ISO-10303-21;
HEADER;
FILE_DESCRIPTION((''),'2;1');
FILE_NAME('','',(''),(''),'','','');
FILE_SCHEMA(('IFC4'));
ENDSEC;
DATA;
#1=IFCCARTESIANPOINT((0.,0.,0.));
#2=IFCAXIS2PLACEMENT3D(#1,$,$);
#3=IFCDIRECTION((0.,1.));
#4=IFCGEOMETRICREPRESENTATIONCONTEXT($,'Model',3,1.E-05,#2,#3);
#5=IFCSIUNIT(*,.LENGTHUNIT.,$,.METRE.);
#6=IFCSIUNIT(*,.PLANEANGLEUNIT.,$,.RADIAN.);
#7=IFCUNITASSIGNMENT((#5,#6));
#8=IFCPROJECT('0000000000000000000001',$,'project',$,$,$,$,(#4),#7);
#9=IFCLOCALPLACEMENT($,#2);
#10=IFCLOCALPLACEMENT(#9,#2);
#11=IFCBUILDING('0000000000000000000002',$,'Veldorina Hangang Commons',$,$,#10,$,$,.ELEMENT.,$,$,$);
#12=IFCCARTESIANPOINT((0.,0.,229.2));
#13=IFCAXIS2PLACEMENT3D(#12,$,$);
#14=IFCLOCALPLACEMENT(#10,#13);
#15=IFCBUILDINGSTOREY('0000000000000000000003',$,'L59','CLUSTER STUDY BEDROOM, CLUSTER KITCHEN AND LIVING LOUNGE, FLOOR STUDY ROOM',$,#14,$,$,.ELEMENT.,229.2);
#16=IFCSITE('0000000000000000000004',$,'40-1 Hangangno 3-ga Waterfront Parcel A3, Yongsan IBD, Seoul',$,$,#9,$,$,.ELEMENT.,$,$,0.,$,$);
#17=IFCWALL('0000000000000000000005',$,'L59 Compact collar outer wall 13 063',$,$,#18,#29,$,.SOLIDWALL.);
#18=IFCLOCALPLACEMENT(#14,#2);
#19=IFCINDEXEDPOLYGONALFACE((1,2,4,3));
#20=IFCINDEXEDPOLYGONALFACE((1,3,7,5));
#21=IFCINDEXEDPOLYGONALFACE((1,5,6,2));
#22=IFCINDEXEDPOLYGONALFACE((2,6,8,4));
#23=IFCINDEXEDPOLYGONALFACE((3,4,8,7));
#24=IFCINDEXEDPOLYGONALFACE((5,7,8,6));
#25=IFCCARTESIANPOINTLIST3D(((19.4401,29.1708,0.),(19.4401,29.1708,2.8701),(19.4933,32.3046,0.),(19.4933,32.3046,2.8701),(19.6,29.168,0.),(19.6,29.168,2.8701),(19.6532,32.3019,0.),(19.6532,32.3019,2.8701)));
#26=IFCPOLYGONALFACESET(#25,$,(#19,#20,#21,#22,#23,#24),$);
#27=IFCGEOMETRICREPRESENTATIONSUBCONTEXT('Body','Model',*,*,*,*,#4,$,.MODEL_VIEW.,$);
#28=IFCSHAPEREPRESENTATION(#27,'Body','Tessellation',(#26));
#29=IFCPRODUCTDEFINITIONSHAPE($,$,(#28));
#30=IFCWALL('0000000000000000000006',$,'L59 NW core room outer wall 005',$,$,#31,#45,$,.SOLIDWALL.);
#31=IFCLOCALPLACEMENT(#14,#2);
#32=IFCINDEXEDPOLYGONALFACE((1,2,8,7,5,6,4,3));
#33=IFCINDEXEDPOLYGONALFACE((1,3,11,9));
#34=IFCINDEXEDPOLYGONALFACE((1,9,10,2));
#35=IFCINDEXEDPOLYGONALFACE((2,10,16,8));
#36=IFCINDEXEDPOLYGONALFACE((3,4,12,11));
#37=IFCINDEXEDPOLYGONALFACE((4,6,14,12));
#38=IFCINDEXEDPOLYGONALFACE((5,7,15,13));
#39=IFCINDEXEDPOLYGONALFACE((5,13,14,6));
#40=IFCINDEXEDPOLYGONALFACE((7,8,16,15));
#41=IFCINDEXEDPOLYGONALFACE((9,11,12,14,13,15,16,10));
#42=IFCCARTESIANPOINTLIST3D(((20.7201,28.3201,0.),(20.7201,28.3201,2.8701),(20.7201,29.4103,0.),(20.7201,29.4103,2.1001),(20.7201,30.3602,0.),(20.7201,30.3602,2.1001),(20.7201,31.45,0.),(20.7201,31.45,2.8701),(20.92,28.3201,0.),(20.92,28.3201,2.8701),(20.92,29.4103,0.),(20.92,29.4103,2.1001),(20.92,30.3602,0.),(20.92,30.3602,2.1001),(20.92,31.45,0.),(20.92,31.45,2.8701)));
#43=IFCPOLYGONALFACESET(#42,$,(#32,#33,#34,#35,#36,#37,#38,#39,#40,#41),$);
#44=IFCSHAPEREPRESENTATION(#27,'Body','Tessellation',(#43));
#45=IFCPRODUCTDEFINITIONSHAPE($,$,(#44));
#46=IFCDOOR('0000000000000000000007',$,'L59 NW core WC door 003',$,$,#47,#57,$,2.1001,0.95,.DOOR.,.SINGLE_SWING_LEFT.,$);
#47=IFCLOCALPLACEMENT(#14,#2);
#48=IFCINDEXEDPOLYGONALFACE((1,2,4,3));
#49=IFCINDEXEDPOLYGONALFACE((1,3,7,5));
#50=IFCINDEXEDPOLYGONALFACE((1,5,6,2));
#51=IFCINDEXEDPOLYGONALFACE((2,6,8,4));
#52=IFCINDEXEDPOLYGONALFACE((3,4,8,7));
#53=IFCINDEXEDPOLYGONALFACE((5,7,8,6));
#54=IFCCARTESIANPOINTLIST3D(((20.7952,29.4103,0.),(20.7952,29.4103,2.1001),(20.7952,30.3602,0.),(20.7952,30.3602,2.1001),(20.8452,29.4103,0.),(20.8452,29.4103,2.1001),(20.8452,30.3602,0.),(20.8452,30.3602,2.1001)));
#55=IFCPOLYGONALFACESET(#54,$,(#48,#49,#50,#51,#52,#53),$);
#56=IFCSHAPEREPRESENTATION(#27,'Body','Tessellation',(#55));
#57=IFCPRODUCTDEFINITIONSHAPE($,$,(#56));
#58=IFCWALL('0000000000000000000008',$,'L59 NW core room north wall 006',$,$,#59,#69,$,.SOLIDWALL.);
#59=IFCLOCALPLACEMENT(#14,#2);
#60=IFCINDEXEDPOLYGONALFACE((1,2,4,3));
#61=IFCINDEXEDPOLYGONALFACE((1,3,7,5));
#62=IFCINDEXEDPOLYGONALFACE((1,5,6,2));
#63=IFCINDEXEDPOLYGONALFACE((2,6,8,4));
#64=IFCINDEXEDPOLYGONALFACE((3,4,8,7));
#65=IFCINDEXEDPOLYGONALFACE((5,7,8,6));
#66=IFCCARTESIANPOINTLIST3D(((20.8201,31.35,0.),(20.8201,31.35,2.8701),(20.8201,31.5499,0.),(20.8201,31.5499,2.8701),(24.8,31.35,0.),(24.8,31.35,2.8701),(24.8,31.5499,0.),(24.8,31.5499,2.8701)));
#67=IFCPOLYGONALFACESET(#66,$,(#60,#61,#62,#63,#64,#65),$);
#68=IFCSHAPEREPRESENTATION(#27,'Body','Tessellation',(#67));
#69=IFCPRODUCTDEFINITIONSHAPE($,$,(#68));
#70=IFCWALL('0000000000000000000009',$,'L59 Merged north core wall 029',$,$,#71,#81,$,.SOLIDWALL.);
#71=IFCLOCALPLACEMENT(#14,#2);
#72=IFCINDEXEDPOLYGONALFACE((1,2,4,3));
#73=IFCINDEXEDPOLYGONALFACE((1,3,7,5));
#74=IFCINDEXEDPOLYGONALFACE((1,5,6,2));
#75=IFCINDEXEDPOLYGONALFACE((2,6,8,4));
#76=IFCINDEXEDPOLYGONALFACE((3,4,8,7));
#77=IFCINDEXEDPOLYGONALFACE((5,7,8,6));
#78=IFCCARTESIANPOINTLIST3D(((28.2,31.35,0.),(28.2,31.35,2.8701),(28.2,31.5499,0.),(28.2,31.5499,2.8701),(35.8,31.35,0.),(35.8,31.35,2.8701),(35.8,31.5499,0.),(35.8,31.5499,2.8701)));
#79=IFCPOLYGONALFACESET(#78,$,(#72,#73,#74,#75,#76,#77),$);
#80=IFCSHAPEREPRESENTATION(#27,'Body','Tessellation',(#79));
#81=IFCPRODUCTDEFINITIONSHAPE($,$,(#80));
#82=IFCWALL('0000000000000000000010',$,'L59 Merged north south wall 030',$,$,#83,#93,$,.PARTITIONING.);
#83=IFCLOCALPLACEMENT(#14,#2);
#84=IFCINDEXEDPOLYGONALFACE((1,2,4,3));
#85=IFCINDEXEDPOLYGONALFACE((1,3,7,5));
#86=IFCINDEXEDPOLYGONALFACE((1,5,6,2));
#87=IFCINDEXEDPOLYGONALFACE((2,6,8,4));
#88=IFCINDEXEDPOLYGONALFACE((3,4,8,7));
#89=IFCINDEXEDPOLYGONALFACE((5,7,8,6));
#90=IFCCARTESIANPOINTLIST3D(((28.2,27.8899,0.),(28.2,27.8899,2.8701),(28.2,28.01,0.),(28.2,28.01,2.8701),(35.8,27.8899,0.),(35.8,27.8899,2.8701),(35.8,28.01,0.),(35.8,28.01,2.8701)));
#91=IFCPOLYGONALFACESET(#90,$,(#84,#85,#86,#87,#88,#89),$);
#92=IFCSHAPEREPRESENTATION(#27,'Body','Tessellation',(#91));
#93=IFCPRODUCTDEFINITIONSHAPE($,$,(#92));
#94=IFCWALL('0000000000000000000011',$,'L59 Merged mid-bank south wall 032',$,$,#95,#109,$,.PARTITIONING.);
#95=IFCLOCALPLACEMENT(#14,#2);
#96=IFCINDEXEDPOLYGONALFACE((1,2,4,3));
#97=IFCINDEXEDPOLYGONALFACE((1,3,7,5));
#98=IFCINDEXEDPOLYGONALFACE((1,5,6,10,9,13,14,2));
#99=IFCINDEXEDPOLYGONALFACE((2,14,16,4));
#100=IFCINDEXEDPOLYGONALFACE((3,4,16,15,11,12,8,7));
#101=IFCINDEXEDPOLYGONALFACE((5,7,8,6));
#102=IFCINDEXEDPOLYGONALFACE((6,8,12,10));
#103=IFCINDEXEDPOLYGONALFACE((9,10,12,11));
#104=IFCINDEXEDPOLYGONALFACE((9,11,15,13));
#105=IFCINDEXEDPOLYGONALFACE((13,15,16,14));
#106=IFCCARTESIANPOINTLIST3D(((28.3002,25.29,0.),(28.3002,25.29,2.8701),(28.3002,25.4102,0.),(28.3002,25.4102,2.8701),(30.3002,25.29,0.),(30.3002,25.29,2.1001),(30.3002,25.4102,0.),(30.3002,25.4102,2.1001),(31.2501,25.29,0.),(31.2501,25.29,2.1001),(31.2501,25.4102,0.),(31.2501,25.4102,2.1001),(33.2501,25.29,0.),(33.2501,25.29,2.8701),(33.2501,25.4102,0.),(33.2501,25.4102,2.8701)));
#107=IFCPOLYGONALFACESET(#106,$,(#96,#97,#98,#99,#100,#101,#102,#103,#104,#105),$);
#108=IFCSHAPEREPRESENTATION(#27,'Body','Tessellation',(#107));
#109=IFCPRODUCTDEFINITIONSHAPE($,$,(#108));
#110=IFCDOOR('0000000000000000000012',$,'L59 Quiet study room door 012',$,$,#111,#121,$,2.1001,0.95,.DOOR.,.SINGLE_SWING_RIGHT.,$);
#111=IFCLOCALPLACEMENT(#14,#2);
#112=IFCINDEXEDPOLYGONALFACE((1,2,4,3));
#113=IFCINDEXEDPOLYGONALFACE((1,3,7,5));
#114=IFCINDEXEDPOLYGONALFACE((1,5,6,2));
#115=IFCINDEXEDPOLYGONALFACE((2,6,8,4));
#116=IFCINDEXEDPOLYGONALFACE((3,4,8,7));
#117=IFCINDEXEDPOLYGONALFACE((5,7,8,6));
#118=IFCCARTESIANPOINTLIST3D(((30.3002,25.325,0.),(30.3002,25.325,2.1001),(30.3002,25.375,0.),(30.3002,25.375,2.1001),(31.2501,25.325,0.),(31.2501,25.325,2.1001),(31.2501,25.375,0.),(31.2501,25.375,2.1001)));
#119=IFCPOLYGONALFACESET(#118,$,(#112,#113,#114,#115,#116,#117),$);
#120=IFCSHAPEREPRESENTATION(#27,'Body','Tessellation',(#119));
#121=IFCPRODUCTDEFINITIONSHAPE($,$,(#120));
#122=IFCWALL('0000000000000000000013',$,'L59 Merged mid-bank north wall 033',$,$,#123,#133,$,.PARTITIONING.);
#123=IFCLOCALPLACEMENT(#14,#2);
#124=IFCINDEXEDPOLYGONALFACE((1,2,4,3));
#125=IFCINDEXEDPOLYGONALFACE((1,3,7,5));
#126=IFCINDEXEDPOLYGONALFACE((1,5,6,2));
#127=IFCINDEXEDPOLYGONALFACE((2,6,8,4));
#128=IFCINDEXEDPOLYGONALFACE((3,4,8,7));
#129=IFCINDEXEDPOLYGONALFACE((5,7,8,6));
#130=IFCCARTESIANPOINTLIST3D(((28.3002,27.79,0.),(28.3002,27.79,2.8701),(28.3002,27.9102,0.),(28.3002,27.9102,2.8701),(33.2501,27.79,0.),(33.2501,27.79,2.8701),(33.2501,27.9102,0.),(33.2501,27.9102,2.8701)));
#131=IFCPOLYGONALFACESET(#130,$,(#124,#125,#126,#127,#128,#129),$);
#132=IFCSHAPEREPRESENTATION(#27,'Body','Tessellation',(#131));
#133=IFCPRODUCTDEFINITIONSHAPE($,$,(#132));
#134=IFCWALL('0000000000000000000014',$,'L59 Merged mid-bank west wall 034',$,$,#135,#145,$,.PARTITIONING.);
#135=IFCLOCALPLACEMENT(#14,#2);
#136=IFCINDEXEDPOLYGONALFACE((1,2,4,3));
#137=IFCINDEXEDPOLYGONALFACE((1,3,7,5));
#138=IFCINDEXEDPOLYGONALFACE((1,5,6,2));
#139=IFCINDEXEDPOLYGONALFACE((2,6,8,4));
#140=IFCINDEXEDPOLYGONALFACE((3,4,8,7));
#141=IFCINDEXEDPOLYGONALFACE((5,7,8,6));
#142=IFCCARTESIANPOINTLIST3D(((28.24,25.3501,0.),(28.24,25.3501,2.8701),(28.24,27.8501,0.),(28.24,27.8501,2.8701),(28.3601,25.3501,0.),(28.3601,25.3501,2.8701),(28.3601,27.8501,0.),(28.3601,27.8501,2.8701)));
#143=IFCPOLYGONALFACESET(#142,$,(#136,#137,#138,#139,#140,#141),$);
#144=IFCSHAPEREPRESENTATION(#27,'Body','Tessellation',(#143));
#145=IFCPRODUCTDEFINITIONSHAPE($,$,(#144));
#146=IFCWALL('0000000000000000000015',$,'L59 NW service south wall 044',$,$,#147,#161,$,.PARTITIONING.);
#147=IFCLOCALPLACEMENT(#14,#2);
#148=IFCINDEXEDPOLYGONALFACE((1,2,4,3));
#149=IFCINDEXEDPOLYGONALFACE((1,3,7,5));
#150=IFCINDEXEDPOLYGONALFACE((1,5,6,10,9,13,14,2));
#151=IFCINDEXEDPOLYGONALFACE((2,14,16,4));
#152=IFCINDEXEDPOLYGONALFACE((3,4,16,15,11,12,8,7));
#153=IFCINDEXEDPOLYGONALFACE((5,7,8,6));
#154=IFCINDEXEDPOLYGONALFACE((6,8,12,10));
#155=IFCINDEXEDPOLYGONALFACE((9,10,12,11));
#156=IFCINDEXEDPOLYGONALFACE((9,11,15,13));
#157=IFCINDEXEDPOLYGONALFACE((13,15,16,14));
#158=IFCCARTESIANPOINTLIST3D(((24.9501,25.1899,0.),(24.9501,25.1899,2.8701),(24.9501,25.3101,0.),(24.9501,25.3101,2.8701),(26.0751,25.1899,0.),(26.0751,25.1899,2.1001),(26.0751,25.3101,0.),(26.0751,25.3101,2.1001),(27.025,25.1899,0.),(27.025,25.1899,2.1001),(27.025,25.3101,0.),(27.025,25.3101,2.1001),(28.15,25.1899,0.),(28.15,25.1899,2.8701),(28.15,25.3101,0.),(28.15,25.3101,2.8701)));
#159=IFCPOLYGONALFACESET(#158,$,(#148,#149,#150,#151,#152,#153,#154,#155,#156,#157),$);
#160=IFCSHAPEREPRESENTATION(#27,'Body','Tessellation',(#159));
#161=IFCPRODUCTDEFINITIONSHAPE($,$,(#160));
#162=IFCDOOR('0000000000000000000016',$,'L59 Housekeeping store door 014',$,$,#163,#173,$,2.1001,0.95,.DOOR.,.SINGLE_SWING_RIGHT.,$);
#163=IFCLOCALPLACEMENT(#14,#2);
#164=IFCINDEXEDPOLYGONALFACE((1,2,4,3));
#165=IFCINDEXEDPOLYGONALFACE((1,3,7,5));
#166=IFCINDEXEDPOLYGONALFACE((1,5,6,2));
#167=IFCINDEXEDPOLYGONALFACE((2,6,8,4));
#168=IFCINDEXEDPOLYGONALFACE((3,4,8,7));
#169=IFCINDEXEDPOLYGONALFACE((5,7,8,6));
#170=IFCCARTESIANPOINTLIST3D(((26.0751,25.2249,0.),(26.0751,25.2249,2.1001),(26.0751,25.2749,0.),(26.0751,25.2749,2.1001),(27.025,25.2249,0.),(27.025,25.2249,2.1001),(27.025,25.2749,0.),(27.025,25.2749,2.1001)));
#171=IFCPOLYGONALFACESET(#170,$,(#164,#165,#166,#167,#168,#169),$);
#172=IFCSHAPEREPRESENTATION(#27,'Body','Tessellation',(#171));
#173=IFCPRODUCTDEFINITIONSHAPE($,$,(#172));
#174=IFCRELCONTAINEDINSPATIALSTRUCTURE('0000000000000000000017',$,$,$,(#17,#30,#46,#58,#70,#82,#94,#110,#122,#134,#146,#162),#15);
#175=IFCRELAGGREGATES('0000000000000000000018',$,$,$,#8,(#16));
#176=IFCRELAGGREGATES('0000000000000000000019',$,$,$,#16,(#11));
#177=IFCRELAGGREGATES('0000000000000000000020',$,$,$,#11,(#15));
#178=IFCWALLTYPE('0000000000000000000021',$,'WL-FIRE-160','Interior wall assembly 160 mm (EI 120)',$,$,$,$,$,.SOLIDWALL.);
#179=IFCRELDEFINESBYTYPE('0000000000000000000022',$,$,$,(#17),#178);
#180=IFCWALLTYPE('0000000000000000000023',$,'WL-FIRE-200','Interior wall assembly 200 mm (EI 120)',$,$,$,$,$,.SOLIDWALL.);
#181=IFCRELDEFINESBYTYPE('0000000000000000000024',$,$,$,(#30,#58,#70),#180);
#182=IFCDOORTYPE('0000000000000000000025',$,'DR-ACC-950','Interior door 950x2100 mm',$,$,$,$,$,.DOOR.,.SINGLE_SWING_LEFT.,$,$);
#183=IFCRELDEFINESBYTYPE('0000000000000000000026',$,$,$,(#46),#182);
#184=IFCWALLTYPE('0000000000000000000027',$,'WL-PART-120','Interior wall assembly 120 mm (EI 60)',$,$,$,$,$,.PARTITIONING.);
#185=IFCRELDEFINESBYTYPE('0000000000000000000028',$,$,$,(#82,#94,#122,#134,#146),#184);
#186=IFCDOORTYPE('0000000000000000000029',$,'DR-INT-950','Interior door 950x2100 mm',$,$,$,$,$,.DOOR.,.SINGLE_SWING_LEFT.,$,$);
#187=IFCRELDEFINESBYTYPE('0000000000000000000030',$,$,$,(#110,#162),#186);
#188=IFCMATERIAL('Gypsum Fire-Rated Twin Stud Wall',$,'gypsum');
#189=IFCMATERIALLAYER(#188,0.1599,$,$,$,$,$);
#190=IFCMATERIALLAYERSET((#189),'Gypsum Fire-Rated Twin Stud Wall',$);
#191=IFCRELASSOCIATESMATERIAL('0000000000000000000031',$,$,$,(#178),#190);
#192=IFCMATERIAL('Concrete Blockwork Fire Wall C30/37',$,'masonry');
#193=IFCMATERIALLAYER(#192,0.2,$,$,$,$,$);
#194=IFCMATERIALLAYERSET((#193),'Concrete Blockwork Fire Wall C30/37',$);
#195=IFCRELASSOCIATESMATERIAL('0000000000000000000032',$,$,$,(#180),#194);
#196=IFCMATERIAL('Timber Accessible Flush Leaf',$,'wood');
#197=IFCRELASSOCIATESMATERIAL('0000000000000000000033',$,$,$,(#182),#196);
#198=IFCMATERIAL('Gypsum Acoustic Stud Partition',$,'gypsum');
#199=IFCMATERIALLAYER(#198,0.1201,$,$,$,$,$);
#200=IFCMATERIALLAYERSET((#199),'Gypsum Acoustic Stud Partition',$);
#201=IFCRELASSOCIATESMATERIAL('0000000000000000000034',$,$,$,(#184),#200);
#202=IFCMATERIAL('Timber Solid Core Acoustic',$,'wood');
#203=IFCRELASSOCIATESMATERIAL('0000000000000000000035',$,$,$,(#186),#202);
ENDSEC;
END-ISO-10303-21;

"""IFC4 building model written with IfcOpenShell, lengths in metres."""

from ifc_helpers import new_model, si_unit, direction, frame, frame_2d, origin, place, context, subcontext, project, spatial, rectangle, extrude, material, layer, layer_set, type_object, element, fill, save


model = new_model("IFC4")

# Units and contexts
model_context = context("Model", 3, precision=1e-05, world=origin(), true_north=direction((0.0, 1.0)))
body_context = subcontext(model_context, "Body", "Model", "MODEL_VIEW")
ifc_project = project(units=[si_unit("LENGTHUNIT", "METRE"), si_unit("PLANEANGLEUNIT", "RADIAN")], contexts=[model_context])

# Site, building, storey
site_placement = place(None, origin())
site = spatial("IfcSite", under=ifc_project, at=site_placement, Name="40-1 Hangangno 3-ga Waterfront Parcel A3, Yongsan IBD, Seoul", CompositionType="ELEMENT", RefElevation=0.0)
building_placement = place(site_placement, origin())
building = spatial("IfcBuilding", under=site, at=building_placement, Name="Veldorina Hangang Commons", CompositionType="ELEMENT")
storey_placement = place(building_placement, frame((0.0, 0.0, 229.2)))
storey = spatial("IfcBuildingStorey", under=building, at=storey_placement, Name="L59", Description="CLUSTER STUDY BEDROOM, CLUSTER KITCHEN AND LIVING LOUNGE, FLOOR STUDY ROOM", CompositionType="ELEMENT", Elevation=229.2)

# Wall
ifc_material_1 = material(Name="Gypsum Fire-Rated Twin Stud Wall", Category="gypsum")
ifc_layer_1 = layer(ifc_material_1, 0.1599)
ifc_layer_set_1 = layer_set([ifc_layer_1], Name="Gypsum Fire-Rated Twin Stud Wall")
wall_type_1 = type_object("IfcWallType", Name="WL-FIRE-160", Description="Interior wall assembly 160 mm (EI 120)", PredefinedType="SOLIDWALL", material=ifc_layer_set_1)
wall_1_placement = place(storey_placement, frame((19.5732, 32.3032, 0.0), z_axis=(0.0, 0.0, 1.0), x_axis=(-0.016981, -0.999856, 0.0)))
element("IfcWall", 1, at=wall_1_placement, inside=storey, type_object=wall_type_1, Name="L59 Compact collar outer wall 13 063", PredefinedType="SOLIDWALL", context=body_context, shape_type="SweptSolid", body=[
    extrude(rectangle(XDim=3.1343, YDim=0.1599, at=frame_2d((1.5671, 0.0))), origin(), (0.0, 0.0, 1.0), 2.8701),
])

# Wall, opening, door
ifc_material_2 = material(Name="Concrete Blockwork Fire Wall C30/37", Category="masonry")
ifc_layer_2 = layer(ifc_material_2, 0.2)
ifc_layer_set_2 = layer_set([ifc_layer_2], Name="Concrete Blockwork Fire Wall C30/37")
wall_type_2 = type_object("IfcWallType", Name="WL-FIRE-200", Description="Interior wall assembly 200 mm (EI 120)", PredefinedType="SOLIDWALL", material=ifc_layer_set_2)
wall_2_placement = place(storey_placement, frame((20.8201, 28.3201, 0.0), z_axis=(0.0, 0.0, 1.0), x_axis=(0.0, 1.0, 0.0)))
wall_2 = element("IfcWall", 2, at=wall_2_placement, inside=storey, type_object=wall_type_2, Name="L59 NW core room outer wall 005", PredefinedType="SOLIDWALL", context=body_context, shape_type="SweptSolid", body=[
    extrude(rectangle(XDim=3.1299, YDim=0.2, at=frame_2d((1.5649, 0.0))), origin(), (0.0, 0.0, 1.0), 2.8701),
])
opening_1_placement = place(wall_2_placement, frame((1.0901, 0.0, 0.0)))
opening_1 = element("IfcOpeningElement", 3, at=opening_1_placement, cuts=wall_2, PredefinedType="OPENING", context=body_context, shape_type="SweptSolid", body=[
    extrude(rectangle(XDim=0.95, YDim=2.1001, at=frame_2d((0.4751, 1.05))), frame((0.0, 0.1099, 0.0), z_axis=(0.0, -1.0, 0.0), x_axis=(1.0, 0.0, 0.0)), (0.0, 0.0, 1.0), 0.22),
])
ifc_material_3 = material(Name="Timber Accessible Flush Leaf", Category="wood")
door_type_1 = type_object("IfcDoorType", Name="DR-ACC-950", Description="Interior door 950x2100 mm", OperationType="SINGLE_SWING_LEFT", PredefinedType="DOOR", material=ifc_material_3)
door_1_placement = place(opening_1_placement, origin())
door_1 = element("IfcDoor", 4, at=door_1_placement, inside=storey, type_object=door_type_1, Name="L59 NW core WC door 003", OperationType="SINGLE_SWING_LEFT", OverallHeight=2.1001, OverallWidth=0.95, PredefinedType="DOOR", context=body_context, shape_type="SweptSolid", body=[
    extrude(rectangle(XDim=0.95, YDim=2.1001, at=frame_2d((0.4751, 1.05))), frame((0.0, 0.0249, 0.0), z_axis=(0.0, -1.0, 0.0), x_axis=(1.0, 0.0, 0.0)), (0.0, 0.0, 1.0), 0.05),
])
fill(opening_1, door_1)

# Walls
wall_3_placement = place(storey_placement, frame((20.8201, 31.45, 0.0), z_axis=(0.0, 0.0, 1.0), x_axis=(1.0, 0.0, 0.0)))
element("IfcWall", 5, at=wall_3_placement, inside=storey, type_object=wall_type_2, Name="L59 NW core room north wall 006", PredefinedType="SOLIDWALL", context=body_context, shape_type="SweptSolid", body=[
    extrude(rectangle(XDim=3.98, YDim=0.2, at=frame_2d((1.99, 0.0))), origin(), (0.0, 0.0, 1.0), 2.8701),
])
wall_4_placement = place(storey_placement, frame((28.2, 31.45, 0.0), z_axis=(0.0, 0.0, 1.0), x_axis=(1.0, 0.0, 0.0)))
element("IfcWall", 6, at=wall_4_placement, inside=storey, type_object=wall_type_2, Name="L59 Merged north core wall 029", PredefinedType="SOLIDWALL", context=body_context, shape_type="SweptSolid", body=[
    extrude(rectangle(XDim=7.6001, YDim=0.2, at=frame_2d((3.8, 0.0))), origin(), (0.0, 0.0, 1.0), 2.8701),
])
ifc_material_4 = material(Name="Gypsum Acoustic Stud Partition", Category="gypsum")
ifc_layer_3 = layer(ifc_material_4, 0.1201)
ifc_layer_set_3 = layer_set([ifc_layer_3], Name="Gypsum Acoustic Stud Partition")
wall_type_3 = type_object("IfcWallType", Name="WL-PART-120", Description="Interior wall assembly 120 mm (EI 60)", PredefinedType="PARTITIONING", material=ifc_layer_set_3)
wall_5_placement = place(storey_placement, frame((28.2, 27.95, 0.0), z_axis=(0.0, 0.0, 1.0), x_axis=(1.0, 0.0, 0.0)))
element("IfcWall", 7, at=wall_5_placement, inside=storey, type_object=wall_type_3, Name="L59 Merged north south wall 030", PredefinedType="PARTITIONING", context=body_context, shape_type="SweptSolid", body=[
    extrude(rectangle(XDim=7.6001, YDim=0.1201, at=frame_2d((3.8, 0.0))), origin(), (0.0, 0.0, 1.0), 2.8701),
])

# Wall, opening, door
wall_6_placement = place(storey_placement, frame((28.3, 25.3501, 0.0), z_axis=(0.0, 0.0, 1.0), x_axis=(1.0, 0.0, 0.0)))
wall_6 = element("IfcWall", 8, at=wall_6_placement, inside=storey, type_object=wall_type_3, Name="L59 Merged mid-bank south wall 032", PredefinedType="PARTITIONING", context=body_context, shape_type="SweptSolid", body=[
    extrude(rectangle(XDim=4.95, YDim=0.1201, at=frame_2d((2.4751, 0.0))), origin(), (0.0, 0.0, 1.0), 2.8701),
])
opening_2_placement = place(wall_6_placement, frame((2.0, 0.0, 0.0)))
opening_2 = element("IfcOpeningElement", 9, at=opening_2_placement, cuts=wall_6, PredefinedType="OPENING", context=body_context, shape_type="SweptSolid", body=[
    extrude(rectangle(XDim=0.95, YDim=2.1001, at=frame_2d((0.4751, 1.05))), frame((0.0, 0.0701, 0.0), z_axis=(0.0, -1.0, 0.0), x_axis=(1.0, 0.0, 0.0)), (0.0, 0.0, 1.0), 0.1401),
])
ifc_material_5 = material(Name="Timber Solid Core Acoustic", Category="wood")
door_type_2 = type_object("IfcDoorType", Name="DR-INT-950", Description="Interior door 950x2100 mm", OperationType="SINGLE_SWING_LEFT", PredefinedType="DOOR", material=ifc_material_5)
door_2_placement = place(opening_2_placement, origin())
door_2 = element("IfcDoor", 10, at=door_2_placement, inside=storey, type_object=door_type_2, Name="L59 Quiet study room door 012", OperationType="SINGLE_SWING_RIGHT", OverallHeight=2.1001, OverallWidth=0.95, PredefinedType="DOOR", context=body_context, shape_type="SweptSolid", body=[
    extrude(rectangle(XDim=0.95, YDim=2.1001, at=frame_2d((0.4751, 1.05))), frame((0.0, 0.0249, 0.0), z_axis=(0.0, -1.0, 0.0), x_axis=(1.0, 0.0, 0.0)), (0.0, 0.0, 1.0), 0.05),
])
fill(opening_2, door_2)

# Walls
wall_7_placement = place(storey_placement, frame((28.3, 27.8501, 0.0), z_axis=(0.0, 0.0, 1.0), x_axis=(1.0, 0.0, 0.0)))
element("IfcWall", 11, at=wall_7_placement, inside=storey, type_object=wall_type_3, Name="L59 Merged mid-bank north wall 033", PredefinedType="PARTITIONING", context=body_context, shape_type="SweptSolid", body=[
    extrude(rectangle(XDim=4.95, YDim=0.1201, at=frame_2d((2.4751, 0.0))), origin(), (0.0, 0.0, 1.0), 2.8701),
])
wall_8_placement = place(storey_placement, frame((28.3, 25.3501, 0.0), z_axis=(0.0, 0.0, 1.0), x_axis=(0.0, 1.0, 0.0)))
element("IfcWall", 12, at=wall_8_placement, inside=storey, type_object=wall_type_3, Name="L59 Merged mid-bank west wall 034", PredefinedType="PARTITIONING", context=body_context, shape_type="SweptSolid", body=[
    extrude(rectangle(XDim=2.5, YDim=0.1201, at=frame_2d((1.25, 0.0))), origin(), (0.0, 0.0, 1.0), 2.8701),
])

# Wall, opening, door
wall_9_placement = place(storey_placement, frame((24.95, 25.25, 0.0), z_axis=(0.0, 0.0, 1.0), x_axis=(1.0, 0.0, 0.0)))
wall_9 = element("IfcWall", 13, at=wall_9_placement, inside=storey, type_object=wall_type_3, Name="L59 NW service south wall 044", PredefinedType="PARTITIONING", context=body_context, shape_type="SweptSolid", body=[
    extrude(rectangle(XDim=3.2, YDim=0.1201, at=frame_2d((1.6001, 0.0))), origin(), (0.0, 0.0, 1.0), 2.8701),
])
opening_3_placement = place(wall_9_placement, frame((1.125, 0.0, 0.0)))
opening_3 = element("IfcOpeningElement", 14, at=opening_3_placement, cuts=wall_9, PredefinedType="OPENING", context=body_context, shape_type="SweptSolid", body=[
    extrude(rectangle(XDim=0.95, YDim=2.1001, at=frame_2d((0.4751, 1.05))), frame((0.0, 0.0701, 0.0), z_axis=(0.0, -1.0, 0.0), x_axis=(1.0, 0.0, 0.0)), (0.0, 0.0, 1.0), 0.1401),
])
door_3_placement = place(opening_3_placement, origin())
door_3 = element("IfcDoor", 15, at=door_3_placement, inside=storey, type_object=door_type_2, Name="L59 Housekeeping store door 014", OperationType="SINGLE_SWING_RIGHT", OverallHeight=2.1001, OverallWidth=0.95, PredefinedType="DOOR", context=body_context, shape_type="SweptSolid", body=[
    extrude(rectangle(XDim=0.95, YDim=2.1001, at=frame_2d((0.4751, 1.05))), frame((0.0, 0.0249, 0.0), z_axis=(0.0, -1.0, 0.0), x_axis=(1.0, 0.0, 0.0)), (0.0, 0.0, 1.0), 0.05),
])
fill(opening_3, door_3)

save(model, "model.ifc")
